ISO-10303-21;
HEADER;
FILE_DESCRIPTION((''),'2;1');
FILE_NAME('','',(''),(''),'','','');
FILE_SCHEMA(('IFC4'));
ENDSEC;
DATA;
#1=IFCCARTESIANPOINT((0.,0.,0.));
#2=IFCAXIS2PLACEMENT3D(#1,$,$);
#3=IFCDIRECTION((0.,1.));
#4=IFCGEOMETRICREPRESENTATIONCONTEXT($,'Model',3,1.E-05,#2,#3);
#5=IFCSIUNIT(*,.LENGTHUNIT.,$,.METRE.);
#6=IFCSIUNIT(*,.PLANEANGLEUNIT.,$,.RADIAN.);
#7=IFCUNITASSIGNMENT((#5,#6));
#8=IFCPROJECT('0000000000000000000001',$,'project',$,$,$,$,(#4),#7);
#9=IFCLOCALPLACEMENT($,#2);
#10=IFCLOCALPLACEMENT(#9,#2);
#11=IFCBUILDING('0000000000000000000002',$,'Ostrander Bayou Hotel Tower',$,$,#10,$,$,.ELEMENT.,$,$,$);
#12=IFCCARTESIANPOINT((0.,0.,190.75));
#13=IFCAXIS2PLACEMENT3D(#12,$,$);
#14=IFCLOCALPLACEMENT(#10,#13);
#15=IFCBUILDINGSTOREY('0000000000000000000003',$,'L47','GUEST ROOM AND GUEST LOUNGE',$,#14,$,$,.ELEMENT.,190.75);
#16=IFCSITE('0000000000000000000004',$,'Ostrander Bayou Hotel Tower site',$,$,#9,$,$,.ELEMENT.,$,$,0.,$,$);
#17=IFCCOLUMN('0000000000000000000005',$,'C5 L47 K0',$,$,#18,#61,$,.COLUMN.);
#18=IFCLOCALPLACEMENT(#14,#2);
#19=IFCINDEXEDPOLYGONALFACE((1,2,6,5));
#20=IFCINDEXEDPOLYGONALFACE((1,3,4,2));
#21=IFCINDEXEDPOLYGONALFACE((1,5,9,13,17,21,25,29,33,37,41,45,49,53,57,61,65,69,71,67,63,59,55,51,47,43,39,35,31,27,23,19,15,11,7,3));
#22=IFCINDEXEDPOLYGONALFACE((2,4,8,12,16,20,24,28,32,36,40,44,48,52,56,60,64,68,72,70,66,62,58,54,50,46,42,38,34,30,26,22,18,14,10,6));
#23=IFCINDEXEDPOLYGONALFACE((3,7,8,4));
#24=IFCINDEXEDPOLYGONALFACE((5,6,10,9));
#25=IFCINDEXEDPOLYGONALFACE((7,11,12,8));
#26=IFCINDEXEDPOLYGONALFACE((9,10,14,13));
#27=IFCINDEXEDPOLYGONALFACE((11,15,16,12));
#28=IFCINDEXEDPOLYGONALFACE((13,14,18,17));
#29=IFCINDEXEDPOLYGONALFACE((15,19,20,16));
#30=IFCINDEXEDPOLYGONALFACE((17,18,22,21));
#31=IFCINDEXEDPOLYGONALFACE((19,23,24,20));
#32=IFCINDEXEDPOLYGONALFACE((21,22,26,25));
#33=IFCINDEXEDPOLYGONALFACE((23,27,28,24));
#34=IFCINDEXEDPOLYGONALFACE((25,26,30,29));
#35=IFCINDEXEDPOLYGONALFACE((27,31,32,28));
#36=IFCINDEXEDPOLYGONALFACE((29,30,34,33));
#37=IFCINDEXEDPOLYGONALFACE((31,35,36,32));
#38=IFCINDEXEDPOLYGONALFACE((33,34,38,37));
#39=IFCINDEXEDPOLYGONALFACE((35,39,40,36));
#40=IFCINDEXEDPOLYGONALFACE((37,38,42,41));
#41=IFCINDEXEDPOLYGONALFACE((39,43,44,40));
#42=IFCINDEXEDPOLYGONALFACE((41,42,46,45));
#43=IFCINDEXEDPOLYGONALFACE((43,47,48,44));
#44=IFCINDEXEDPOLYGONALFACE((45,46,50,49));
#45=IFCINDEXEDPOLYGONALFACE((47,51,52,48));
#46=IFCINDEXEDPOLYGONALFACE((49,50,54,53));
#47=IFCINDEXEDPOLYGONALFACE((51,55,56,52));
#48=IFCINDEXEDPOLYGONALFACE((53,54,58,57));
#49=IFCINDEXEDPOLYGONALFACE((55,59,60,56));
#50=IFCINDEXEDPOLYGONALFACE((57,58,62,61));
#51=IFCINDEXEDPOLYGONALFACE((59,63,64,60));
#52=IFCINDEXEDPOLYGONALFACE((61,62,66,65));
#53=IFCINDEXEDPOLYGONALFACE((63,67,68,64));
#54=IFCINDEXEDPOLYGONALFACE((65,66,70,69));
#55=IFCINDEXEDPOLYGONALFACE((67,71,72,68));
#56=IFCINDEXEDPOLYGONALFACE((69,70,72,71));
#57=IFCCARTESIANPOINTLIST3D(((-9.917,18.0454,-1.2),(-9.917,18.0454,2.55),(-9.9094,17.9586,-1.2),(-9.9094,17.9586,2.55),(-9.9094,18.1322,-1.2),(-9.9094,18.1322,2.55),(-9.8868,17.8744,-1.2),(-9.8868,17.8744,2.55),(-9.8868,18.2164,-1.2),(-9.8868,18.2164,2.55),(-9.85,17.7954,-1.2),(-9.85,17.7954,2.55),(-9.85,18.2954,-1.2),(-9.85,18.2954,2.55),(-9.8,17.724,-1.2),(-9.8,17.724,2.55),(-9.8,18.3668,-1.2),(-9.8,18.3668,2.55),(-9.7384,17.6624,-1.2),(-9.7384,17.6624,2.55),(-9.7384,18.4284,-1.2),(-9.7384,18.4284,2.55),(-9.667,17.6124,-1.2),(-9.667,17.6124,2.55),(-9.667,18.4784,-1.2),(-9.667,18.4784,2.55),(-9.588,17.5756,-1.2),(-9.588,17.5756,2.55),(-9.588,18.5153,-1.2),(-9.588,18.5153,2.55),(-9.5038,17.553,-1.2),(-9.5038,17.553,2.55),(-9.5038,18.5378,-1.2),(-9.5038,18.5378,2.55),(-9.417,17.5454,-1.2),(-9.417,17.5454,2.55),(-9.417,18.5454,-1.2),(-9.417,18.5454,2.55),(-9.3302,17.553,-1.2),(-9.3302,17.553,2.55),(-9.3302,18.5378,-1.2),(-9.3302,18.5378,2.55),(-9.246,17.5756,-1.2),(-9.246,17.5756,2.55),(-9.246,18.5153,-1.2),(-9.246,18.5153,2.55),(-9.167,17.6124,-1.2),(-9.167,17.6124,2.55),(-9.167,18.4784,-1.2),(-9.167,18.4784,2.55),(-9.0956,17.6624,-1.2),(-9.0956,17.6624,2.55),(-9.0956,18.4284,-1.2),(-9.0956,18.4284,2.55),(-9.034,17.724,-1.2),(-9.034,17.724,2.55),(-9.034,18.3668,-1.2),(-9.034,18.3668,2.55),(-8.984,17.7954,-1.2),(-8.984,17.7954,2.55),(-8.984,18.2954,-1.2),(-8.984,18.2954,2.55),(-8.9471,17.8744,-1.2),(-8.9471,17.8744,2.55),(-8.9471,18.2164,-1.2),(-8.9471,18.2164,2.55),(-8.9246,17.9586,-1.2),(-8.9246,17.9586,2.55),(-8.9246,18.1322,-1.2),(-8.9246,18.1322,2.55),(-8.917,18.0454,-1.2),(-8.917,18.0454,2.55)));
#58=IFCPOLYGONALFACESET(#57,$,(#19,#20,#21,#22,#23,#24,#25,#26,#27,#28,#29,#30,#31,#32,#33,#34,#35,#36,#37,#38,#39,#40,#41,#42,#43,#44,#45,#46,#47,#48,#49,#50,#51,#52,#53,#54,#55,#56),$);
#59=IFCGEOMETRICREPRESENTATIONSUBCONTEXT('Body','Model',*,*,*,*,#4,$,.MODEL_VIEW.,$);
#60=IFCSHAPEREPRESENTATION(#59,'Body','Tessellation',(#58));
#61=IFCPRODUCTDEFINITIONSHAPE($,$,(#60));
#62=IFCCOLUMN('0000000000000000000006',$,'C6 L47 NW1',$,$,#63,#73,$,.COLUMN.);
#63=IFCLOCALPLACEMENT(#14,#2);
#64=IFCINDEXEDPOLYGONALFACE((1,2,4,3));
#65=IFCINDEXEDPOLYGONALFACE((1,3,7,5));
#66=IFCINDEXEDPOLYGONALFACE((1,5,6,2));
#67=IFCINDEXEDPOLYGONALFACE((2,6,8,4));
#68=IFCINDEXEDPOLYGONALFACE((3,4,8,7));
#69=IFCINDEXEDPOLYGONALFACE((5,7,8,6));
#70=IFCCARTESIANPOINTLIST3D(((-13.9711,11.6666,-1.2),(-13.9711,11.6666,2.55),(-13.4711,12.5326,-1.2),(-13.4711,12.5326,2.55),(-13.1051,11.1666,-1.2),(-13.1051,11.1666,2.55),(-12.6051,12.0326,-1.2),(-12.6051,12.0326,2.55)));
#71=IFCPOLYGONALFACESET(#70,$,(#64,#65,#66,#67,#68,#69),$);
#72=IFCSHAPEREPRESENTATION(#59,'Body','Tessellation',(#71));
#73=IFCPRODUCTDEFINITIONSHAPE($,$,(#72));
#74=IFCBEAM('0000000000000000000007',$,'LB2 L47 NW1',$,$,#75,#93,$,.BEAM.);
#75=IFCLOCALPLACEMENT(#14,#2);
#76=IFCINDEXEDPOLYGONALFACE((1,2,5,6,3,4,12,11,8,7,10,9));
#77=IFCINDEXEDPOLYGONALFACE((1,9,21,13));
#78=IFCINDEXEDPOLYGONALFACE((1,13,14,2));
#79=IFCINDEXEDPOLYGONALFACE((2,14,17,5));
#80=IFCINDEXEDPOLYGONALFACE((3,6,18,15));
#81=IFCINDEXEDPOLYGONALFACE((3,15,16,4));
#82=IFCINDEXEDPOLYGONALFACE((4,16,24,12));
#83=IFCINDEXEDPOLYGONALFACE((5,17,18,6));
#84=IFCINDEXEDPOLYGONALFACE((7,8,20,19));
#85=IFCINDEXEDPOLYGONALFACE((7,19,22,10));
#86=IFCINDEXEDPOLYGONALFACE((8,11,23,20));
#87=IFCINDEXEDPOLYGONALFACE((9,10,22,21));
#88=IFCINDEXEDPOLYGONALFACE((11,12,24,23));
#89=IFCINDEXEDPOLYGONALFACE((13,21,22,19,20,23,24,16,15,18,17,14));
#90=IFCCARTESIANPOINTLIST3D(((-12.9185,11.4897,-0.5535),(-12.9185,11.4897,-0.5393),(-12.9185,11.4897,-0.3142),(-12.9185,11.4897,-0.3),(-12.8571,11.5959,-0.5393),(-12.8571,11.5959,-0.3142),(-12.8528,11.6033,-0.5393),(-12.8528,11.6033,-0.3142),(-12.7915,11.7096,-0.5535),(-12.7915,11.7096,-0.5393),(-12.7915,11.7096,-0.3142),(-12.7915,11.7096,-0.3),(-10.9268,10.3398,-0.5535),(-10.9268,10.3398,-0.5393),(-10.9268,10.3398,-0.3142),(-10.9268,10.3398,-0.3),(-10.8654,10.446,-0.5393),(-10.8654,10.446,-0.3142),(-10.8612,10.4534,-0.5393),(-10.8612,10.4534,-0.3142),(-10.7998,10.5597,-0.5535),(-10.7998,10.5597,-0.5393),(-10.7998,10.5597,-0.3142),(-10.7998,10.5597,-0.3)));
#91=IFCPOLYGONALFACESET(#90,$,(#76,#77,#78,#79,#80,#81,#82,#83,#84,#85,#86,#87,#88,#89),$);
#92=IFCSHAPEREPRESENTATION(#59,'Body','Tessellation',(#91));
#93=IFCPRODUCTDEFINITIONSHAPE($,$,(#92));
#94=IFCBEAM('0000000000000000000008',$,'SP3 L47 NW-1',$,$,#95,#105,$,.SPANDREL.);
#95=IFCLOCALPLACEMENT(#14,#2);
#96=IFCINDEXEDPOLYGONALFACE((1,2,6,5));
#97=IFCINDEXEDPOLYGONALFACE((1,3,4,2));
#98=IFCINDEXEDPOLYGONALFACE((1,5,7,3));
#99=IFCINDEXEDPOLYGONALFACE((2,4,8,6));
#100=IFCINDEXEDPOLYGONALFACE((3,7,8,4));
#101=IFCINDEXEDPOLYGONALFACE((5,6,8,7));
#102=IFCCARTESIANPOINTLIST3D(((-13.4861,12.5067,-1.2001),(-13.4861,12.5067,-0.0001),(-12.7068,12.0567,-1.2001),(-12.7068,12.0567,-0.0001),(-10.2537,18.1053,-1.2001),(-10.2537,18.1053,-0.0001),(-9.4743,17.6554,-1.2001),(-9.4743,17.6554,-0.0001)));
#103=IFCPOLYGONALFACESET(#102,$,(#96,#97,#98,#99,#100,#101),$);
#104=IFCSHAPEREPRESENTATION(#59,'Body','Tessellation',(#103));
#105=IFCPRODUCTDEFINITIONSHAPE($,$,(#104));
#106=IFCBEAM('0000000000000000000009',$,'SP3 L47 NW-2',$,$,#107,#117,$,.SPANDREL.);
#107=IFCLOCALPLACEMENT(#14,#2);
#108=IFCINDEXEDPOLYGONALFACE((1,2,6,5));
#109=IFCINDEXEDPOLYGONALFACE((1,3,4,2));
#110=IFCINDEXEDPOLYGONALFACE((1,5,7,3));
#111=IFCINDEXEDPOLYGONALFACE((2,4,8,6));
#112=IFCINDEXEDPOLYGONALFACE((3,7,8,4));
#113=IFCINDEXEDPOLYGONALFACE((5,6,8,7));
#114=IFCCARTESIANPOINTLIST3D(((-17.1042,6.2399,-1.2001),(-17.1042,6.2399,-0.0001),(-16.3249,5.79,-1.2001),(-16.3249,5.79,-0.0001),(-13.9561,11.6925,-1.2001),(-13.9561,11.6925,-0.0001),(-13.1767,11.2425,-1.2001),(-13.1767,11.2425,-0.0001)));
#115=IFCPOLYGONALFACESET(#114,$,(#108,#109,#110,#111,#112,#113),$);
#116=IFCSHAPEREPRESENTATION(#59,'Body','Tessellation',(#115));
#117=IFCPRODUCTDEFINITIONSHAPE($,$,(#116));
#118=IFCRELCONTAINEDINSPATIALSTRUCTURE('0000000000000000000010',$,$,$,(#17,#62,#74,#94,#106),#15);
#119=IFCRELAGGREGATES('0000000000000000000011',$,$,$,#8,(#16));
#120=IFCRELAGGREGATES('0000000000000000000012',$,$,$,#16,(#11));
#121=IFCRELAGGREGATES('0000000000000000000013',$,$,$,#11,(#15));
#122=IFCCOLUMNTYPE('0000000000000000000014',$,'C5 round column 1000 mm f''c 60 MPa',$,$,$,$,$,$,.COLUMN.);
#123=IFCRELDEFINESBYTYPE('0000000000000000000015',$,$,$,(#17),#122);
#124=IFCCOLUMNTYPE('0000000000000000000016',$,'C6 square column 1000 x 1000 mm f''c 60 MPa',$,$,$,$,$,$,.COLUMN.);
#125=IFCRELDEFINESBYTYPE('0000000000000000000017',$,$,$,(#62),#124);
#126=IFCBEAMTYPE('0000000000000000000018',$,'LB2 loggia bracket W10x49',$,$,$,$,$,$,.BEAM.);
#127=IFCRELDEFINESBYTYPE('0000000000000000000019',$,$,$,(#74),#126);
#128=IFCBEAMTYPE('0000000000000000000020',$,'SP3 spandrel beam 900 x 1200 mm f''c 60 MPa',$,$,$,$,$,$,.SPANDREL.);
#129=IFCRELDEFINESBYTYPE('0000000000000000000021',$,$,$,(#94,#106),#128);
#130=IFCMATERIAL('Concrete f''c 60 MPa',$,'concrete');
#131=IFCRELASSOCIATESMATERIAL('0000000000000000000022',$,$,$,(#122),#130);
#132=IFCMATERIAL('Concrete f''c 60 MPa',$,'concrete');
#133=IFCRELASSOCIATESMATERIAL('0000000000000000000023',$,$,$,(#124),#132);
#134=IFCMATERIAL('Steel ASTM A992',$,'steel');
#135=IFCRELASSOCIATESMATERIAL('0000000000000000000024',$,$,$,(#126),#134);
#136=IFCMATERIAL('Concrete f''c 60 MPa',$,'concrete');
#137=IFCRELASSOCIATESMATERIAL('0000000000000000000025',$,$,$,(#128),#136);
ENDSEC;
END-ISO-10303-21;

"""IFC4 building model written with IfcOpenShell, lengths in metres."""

from ifc_helpers import new_model, si_unit, direction, frame, origin, origin_2d, place, context, subcontext, project, spatial, rectangle, circle, i_section, extrude, material, material_profile, profile_set, type_object, element, save


model = new_model("IFC4")

# Units and contexts
model_context = context("Model", 3, precision=1e-05, world=origin(), true_north=direction((0.0, 1.0)))
body_context = subcontext(model_context, "Body", "Model", "MODEL_VIEW")
ifc_project = project(units=[si_unit("LENGTHUNIT", "METRE"), si_unit("PLANEANGLEUNIT", "RADIAN")], contexts=[model_context])

# Site, building, storey
site_placement = place(None, origin())
site = spatial("IfcSite", under=ifc_project, at=site_placement, Name="Ostrander Bayou Hotel Tower site", CompositionType="ELEMENT", RefElevation=0.0)
building_placement = place(site_placement, origin())
building = spatial("IfcBuilding", under=site, at=building_placement, Name="Ostrander Bayou Hotel Tower", CompositionType="ELEMENT")
storey_placement = place(building_placement, frame((0.0, 0.0, 190.75)))
storey = spatial("IfcBuildingStorey", under=building, at=storey_placement, Name="L47", Description="GUEST ROOM AND GUEST LOUNGE", CompositionType="ELEMENT", Elevation=190.75)

# Columns
ifc_material_1 = material(Name="Concrete f'c 60 MPa", Category="concrete")
ifc_material_profile_1 = material_profile(ifc_material_1, circle(Radius=0.5, at=origin_2d()))
ifc_profile_set_1 = profile_set([ifc_material_profile_1], Name="Concrete f'c 60 MPa")
column_type_1 = type_object("IfcColumnType", Name="C5 round column 1000 mm f'c 60 MPa", PredefinedType="COLUMN", material=ifc_profile_set_1)
column_1_placement = place(storey_placement, frame((-9.417, 18.0454, -1.2), z_axis=(0.0, 0.0, 1.0), x_axis=(1.0, 0.0, 0.0)))
element("IfcColumn", 1, at=column_1_placement, inside=storey, type_object=column_type_1, Name="C5 L47 K0", PredefinedType="COLUMN", context=body_context, shape_type="SweptSolid", body=[
    extrude(circle(Radius=0.5, at=origin_2d()), origin(), (0.0, 0.0, 1.0), 3.75),
])
ifc_material_2 = material(Name="Concrete f'c 60 MPa", Category="concrete")
ifc_material_profile_2 = material_profile(ifc_material_2, rectangle(XDim=1.0, YDim=1.0, at=origin_2d()))
ifc_profile_set_2 = profile_set([ifc_material_profile_2], Name="Concrete f'c 60 MPa")
column_type_2 = type_object("IfcColumnType", Name="C6 square column 1000 x 1000 mm f'c 60 MPa", PredefinedType="COLUMN", material=ifc_profile_set_2)
column_2_placement = place(storey_placement, frame((-13.2881, 11.8496, -1.2), z_axis=(0.0, 0.0, 1.0), x_axis=(0.5, 0.866025, 0.0)))
element("IfcColumn", 2, at=column_2_placement, inside=storey, type_object=column_type_2, Name="C6 L47 NW1", PredefinedType="COLUMN", context=body_context, shape_type="SweptSolid", body=[
    extrude(rectangle(XDim=1.0, YDim=1.0, at=origin_2d()), origin(), (0.0, 0.0, 1.0), 3.75),
])

# Beams
ifc_material_3 = material(Name="Steel ASTM A992", Category="steel")
ifc_material_profile_3 = material_profile(ifc_material_3, i_section(OverallWidth=0.2539, OverallDepth=0.2534, WebThickness=0.0085, FlangeThickness=0.0142, at=origin_2d()))
ifc_profile_set_3 = profile_set([ifc_material_profile_3], Name="Steel ASTM A992")
beam_type_1 = type_object("IfcBeamType", Name="LB2 loggia bracket W10x49", PredefinedType="BEAM", material=ifc_profile_set_3)
beam_1_placement = place(storey_placement, frame((-12.855, 11.5996, -0.4268), z_axis=(0.866026, -0.499998, 0.0), x_axis=(0.499998, 0.866026, 0.0)))
element("IfcBeam", 3, at=beam_1_placement, inside=storey, type_object=beam_type_1, Name="LB2 L47 NW1", PredefinedType="BEAM", context=body_context, shape_type="SweptSolid", body=[
    extrude(i_section(OverallWidth=0.2539, OverallDepth=0.2534, WebThickness=0.0085, FlangeThickness=0.0142, at=origin_2d()), origin(), (0.0, 0.0, 1.0), 2.2998),
])
ifc_material_4 = material(Name="Concrete f'c 60 MPa", Category="concrete")
ifc_material_profile_4 = material_profile(ifc_material_4, rectangle(XDim=0.8999, YDim=1.2, at=origin_2d()))
ifc_profile_set_4 = profile_set([ifc_material_profile_4], Name="Concrete f'c 60 MPa")
beam_type_2 = type_object("IfcBeamType", Name="SP3 spandrel beam 900 x 1200 mm f'c 60 MPa", PredefinedType="SPANDREL", material=ifc_profile_set_4)
beam_2_placement = place(storey_placement, frame((-9.864, 17.8804, -0.6001), z_axis=(-0.500006, -0.866022, 0.0), x_axis=(0.866022, -0.500006, 0.0)))
element("IfcBeam", 4, at=beam_2_placement, inside=storey, type_object=beam_type_2, Name="SP3 L47 NW-1", PredefinedType="SPANDREL", context=body_context, shape_type="SweptSolid", body=[
    extrude(rectangle(XDim=0.8999, YDim=1.2, at=origin_2d()), origin(), (0.0, 0.0, 1.0), 6.4648),
])
beam_3_placement = place(storey_placement, frame((-13.5664, 11.4675, -0.6001), z_axis=(-0.500013, -0.866018, 0.0), x_axis=(0.866018, -0.500013, 0.0)))
element("IfcBeam", 5, at=beam_3_placement, inside=storey, type_object=beam_type_2, Name="SP3 L47 NW-2", PredefinedType="SPANDREL", context=body_context, shape_type="SweptSolid", body=[
    extrude(rectangle(XDim=0.8999, YDim=1.2, at=origin_2d()), origin(), (0.0, 0.0, 1.0), 6.2961),
])

save(model, "model.ifc")
